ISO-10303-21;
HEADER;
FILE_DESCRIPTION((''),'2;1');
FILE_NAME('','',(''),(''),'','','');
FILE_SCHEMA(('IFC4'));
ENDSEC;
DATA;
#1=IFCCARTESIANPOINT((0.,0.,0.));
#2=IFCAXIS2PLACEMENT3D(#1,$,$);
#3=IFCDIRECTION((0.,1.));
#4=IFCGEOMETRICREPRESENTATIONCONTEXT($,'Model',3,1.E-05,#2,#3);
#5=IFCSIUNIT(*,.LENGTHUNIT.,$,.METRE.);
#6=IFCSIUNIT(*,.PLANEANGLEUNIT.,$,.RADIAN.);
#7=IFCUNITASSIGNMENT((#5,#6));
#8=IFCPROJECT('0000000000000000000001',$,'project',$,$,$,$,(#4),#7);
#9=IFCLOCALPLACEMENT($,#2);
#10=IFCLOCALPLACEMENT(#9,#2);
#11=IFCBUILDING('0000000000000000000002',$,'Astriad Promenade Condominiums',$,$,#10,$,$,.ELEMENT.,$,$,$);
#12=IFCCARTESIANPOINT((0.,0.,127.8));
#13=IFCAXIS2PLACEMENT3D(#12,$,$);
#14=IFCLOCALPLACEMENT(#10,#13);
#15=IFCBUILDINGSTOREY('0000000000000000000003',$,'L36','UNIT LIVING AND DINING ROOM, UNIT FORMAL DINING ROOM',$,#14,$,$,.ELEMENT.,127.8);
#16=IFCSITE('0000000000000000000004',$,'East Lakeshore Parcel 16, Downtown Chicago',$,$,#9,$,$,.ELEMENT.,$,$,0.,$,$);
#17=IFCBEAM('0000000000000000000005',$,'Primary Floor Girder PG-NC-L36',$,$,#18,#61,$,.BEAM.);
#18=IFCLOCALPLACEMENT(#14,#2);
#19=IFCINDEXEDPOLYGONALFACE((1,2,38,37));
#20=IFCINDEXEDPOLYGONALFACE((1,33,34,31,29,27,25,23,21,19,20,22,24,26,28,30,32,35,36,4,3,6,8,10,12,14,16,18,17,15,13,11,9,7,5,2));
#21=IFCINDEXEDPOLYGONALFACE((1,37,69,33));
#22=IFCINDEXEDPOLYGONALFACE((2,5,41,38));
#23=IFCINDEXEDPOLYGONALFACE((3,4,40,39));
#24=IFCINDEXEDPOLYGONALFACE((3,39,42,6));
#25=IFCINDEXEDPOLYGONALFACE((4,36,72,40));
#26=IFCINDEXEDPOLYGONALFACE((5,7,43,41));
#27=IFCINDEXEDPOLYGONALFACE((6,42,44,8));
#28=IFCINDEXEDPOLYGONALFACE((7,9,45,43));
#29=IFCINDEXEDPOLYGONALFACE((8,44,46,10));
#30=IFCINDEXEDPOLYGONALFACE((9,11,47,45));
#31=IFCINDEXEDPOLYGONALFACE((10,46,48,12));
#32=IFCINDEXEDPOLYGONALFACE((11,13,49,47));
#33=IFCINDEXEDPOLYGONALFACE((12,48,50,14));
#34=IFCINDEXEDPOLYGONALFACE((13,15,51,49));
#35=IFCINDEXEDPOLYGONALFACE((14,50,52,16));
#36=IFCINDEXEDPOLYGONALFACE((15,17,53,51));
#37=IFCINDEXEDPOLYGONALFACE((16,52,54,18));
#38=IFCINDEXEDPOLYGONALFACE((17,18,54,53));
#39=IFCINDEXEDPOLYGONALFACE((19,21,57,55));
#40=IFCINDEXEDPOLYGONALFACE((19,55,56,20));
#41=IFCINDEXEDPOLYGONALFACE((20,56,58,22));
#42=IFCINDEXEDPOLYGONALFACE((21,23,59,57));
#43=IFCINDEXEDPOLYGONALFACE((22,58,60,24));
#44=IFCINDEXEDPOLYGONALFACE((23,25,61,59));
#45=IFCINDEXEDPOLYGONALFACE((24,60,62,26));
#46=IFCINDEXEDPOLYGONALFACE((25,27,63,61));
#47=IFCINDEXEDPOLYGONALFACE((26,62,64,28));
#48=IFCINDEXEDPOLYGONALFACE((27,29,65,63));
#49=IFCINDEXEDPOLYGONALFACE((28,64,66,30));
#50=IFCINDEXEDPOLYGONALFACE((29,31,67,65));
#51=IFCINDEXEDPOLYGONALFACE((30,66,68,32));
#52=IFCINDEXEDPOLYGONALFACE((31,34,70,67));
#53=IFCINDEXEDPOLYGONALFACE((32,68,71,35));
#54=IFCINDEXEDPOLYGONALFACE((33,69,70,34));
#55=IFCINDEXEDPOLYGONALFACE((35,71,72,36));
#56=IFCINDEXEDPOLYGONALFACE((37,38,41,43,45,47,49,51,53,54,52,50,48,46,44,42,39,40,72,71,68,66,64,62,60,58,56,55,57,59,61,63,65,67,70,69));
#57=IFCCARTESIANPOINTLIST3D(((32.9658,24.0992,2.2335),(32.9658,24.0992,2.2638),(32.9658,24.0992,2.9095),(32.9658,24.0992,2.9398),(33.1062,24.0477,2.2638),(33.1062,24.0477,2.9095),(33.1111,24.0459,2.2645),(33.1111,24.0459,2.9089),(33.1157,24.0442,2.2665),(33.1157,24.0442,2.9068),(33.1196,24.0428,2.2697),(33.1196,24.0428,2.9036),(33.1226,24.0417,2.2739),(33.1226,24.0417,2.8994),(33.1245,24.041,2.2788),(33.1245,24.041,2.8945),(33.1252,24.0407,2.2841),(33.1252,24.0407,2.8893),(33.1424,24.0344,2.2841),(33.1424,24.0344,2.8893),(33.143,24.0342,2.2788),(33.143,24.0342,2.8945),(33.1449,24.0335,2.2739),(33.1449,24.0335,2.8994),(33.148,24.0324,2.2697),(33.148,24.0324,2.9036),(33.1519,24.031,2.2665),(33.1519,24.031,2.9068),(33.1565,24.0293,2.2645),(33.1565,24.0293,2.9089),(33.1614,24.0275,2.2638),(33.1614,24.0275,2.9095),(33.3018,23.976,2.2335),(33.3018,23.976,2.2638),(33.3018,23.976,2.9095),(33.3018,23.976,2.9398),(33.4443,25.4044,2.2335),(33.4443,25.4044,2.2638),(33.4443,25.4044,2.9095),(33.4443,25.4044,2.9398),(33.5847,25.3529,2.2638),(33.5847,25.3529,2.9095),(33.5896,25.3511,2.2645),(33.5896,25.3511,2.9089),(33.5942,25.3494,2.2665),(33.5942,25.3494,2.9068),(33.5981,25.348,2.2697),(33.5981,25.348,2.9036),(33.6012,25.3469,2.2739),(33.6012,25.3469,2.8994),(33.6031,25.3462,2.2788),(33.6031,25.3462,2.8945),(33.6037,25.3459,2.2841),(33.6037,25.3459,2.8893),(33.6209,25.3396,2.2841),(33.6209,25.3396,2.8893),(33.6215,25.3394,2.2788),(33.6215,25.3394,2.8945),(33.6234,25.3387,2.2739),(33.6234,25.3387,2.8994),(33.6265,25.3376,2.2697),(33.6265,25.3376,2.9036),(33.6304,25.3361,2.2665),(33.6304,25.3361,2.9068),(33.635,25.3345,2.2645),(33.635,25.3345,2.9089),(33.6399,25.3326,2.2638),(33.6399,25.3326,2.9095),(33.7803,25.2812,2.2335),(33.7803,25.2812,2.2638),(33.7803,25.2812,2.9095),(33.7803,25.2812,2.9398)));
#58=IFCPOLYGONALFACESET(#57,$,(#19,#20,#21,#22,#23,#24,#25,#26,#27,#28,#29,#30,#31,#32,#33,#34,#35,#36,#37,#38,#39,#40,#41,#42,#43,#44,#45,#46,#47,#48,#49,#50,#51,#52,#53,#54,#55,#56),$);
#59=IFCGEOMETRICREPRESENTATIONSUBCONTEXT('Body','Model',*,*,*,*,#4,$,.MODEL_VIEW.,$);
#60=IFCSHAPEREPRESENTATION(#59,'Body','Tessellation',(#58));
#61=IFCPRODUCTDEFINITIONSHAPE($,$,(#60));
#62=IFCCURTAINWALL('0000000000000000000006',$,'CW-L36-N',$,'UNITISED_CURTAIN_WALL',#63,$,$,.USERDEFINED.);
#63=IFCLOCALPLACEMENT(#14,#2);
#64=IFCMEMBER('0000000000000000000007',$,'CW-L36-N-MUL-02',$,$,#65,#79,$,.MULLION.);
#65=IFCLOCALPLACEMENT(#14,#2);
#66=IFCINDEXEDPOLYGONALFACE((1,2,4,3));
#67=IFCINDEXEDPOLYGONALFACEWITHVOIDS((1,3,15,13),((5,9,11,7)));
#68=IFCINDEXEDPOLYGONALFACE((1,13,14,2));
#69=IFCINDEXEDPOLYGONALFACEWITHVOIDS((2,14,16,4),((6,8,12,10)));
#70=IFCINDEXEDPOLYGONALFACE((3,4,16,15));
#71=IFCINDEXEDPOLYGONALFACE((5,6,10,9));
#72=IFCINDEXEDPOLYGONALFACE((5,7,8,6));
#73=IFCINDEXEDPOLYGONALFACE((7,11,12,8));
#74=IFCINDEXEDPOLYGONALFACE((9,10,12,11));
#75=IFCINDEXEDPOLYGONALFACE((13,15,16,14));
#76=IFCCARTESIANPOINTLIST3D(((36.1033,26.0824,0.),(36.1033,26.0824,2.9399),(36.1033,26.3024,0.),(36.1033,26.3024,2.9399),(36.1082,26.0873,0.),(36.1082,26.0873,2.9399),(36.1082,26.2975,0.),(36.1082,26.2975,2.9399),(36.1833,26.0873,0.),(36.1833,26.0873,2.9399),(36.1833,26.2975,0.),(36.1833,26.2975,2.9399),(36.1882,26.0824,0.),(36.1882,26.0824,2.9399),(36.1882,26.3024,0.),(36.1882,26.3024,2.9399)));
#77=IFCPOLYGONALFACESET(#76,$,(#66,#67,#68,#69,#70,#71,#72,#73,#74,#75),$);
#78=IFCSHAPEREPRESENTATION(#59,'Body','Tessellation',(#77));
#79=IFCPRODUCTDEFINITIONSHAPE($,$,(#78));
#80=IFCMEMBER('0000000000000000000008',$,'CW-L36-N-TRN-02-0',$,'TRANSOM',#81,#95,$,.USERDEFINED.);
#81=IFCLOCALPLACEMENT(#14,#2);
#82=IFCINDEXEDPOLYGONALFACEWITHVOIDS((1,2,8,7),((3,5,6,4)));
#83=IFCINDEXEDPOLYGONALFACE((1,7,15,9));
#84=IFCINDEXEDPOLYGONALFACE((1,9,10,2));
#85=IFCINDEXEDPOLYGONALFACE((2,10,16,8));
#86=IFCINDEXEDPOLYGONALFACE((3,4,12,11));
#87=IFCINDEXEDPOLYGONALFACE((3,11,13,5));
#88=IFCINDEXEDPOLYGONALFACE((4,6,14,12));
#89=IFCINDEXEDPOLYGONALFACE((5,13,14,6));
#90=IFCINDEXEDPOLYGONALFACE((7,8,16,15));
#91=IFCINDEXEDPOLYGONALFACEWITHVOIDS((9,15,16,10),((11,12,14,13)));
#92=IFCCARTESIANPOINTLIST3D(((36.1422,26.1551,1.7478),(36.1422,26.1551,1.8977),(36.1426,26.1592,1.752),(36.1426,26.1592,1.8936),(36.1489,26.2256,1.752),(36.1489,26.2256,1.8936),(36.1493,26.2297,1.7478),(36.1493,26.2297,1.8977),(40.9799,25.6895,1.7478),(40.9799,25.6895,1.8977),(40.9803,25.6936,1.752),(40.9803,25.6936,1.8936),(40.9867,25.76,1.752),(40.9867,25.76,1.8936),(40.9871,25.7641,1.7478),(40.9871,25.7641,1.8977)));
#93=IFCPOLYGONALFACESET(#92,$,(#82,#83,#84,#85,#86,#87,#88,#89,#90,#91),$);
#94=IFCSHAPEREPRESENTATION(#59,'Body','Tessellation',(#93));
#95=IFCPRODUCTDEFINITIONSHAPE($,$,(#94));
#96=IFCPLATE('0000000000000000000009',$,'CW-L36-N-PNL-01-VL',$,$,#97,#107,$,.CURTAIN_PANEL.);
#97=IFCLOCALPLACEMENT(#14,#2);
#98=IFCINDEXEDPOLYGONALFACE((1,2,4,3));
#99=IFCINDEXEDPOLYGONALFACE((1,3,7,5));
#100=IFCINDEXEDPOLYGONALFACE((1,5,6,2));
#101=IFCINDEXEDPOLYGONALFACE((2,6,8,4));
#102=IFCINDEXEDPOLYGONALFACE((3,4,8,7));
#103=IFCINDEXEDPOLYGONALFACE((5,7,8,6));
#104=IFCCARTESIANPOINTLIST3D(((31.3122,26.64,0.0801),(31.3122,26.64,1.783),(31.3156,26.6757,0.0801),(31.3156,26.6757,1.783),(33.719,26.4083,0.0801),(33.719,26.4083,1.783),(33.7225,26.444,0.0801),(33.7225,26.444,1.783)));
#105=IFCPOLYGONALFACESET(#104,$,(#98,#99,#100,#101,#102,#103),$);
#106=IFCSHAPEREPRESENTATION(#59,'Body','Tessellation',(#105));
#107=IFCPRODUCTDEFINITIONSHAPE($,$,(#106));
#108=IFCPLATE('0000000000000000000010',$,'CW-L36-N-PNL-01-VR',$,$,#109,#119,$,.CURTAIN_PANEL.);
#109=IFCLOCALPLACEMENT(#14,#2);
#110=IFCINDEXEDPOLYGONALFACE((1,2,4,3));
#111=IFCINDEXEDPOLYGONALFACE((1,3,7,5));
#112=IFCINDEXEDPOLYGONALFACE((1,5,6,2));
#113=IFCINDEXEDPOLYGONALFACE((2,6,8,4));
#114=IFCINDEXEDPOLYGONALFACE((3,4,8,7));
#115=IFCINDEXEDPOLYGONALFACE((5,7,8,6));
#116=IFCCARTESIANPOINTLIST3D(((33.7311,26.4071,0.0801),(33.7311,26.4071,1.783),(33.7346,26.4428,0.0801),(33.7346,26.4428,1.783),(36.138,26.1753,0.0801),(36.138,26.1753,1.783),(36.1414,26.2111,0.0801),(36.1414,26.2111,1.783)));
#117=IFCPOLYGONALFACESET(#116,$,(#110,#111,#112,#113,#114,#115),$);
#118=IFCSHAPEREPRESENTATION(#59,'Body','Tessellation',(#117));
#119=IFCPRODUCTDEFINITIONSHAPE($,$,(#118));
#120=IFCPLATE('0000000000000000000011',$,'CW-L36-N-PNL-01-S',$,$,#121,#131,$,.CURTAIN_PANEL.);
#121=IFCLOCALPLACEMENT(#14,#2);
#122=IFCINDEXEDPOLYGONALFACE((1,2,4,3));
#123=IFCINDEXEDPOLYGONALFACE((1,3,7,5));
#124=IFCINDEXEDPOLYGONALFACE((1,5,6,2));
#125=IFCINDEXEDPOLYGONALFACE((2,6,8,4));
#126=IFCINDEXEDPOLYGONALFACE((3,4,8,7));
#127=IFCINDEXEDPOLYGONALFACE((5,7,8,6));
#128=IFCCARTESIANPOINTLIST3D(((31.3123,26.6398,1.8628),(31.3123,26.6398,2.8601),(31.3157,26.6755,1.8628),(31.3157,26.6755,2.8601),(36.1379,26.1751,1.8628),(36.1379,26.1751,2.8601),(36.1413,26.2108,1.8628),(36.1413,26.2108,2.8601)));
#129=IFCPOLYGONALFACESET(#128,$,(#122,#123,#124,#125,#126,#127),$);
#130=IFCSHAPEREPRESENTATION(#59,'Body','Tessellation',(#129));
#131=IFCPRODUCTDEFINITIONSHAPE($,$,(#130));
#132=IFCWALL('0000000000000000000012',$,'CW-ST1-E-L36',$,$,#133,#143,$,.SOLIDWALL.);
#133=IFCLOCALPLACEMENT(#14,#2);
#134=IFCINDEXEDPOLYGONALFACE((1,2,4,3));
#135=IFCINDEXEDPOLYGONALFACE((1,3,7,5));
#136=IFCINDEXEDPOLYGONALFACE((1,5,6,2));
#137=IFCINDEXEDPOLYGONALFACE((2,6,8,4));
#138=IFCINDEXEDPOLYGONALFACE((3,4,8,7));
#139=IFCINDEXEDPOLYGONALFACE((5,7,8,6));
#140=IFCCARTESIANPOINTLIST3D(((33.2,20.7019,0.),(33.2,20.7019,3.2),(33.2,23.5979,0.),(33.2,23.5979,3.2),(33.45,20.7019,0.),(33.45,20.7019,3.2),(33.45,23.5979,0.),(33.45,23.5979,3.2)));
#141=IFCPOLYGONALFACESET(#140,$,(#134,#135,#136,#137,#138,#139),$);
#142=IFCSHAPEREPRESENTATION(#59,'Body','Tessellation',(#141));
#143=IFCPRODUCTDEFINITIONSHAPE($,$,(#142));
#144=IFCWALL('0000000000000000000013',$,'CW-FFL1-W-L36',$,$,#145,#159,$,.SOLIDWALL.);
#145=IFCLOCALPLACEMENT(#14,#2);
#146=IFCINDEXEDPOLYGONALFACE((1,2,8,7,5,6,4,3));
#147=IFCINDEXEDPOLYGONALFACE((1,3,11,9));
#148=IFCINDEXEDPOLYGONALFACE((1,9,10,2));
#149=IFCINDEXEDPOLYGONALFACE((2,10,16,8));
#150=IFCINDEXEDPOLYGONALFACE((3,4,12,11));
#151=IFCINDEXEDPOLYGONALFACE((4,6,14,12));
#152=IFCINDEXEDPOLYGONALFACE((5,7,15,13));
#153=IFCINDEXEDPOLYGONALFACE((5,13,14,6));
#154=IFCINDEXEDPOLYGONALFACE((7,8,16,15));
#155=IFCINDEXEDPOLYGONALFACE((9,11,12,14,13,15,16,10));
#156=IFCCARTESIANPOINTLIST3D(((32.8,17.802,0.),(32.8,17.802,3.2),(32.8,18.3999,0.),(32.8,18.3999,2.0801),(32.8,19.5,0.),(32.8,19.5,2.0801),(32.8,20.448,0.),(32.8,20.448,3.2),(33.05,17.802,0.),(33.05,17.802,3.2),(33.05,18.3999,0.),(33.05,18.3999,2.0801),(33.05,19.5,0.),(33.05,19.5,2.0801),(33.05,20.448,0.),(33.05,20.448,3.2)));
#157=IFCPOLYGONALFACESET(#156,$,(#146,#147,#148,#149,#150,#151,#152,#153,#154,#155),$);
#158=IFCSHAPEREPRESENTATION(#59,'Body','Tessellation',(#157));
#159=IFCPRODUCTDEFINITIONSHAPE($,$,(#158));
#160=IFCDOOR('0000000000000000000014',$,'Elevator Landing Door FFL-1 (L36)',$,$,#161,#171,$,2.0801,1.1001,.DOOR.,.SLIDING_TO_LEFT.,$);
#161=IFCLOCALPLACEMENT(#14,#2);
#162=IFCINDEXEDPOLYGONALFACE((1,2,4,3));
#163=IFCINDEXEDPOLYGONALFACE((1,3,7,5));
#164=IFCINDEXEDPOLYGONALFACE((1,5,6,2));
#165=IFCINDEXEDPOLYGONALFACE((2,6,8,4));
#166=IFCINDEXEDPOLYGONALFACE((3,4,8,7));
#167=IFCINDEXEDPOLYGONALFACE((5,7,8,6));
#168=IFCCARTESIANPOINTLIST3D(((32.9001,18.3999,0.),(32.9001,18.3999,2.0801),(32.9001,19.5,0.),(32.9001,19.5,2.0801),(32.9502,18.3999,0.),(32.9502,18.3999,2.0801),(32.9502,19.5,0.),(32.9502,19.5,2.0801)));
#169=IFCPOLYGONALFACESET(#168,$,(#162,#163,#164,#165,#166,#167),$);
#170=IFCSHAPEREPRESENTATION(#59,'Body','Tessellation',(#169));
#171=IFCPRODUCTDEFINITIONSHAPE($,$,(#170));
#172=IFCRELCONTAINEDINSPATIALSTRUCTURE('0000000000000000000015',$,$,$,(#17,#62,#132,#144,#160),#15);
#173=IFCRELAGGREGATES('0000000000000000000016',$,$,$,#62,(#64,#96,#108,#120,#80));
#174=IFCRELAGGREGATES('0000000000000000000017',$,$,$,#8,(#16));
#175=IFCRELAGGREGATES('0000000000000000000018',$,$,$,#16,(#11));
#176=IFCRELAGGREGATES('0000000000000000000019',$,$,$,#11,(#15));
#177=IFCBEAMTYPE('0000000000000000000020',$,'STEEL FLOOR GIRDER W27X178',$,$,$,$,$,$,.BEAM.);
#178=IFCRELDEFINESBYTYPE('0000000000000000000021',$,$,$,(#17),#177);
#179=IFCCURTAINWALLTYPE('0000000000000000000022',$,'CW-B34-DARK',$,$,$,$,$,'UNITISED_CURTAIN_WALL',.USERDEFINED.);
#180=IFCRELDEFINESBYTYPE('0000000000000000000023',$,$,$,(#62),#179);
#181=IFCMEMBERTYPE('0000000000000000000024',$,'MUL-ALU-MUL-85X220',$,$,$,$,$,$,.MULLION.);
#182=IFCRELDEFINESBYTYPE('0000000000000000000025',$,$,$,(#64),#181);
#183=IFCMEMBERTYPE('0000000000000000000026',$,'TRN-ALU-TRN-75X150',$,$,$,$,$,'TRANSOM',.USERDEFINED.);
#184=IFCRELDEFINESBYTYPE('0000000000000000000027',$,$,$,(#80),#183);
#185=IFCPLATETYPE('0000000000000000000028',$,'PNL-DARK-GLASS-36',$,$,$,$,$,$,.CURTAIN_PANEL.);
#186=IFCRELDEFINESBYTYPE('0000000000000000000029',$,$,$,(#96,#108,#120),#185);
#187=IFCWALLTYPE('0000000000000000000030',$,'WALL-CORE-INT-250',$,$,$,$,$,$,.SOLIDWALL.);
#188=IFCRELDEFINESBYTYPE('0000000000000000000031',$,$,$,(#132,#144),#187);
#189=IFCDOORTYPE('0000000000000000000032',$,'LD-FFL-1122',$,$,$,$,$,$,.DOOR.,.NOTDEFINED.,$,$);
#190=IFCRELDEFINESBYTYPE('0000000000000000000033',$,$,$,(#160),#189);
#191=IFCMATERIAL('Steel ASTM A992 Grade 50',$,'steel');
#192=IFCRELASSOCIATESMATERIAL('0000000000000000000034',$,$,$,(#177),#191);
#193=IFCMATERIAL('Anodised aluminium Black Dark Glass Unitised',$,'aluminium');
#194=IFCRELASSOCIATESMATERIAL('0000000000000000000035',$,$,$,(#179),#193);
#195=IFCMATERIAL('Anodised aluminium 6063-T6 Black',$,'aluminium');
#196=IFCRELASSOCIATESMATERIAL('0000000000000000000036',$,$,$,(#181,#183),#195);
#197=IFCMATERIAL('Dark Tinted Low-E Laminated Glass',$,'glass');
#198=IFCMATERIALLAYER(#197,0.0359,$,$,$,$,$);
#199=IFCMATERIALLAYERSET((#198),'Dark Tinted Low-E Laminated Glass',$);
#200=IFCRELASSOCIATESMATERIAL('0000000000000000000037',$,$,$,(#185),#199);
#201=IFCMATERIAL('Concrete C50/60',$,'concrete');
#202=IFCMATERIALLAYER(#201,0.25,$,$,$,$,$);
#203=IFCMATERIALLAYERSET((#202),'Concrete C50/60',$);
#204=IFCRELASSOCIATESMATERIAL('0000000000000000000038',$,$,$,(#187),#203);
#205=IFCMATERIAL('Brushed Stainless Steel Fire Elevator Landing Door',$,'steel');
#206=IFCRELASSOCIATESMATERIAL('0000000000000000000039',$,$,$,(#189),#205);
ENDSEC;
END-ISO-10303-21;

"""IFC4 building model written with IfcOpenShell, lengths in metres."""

from ifc_helpers import new_model, si_unit, direction, frame, frame_2d, origin, origin_2d, place, context, subcontext, project, spatial, rectangle, hollow_rectangle, i_section, extrude, source, transform, mapped, material, layer, layer_set, material_profile, profile_set, type_object, type_shapes, element, fill, aggregate, save


model = new_model("IFC4")

# Units and contexts
model_context = context("Model", 3, precision=1e-05, world=origin(), true_north=direction((0.0, 1.0)))
body_context = subcontext(model_context, "Body", "Model", "MODEL_VIEW")
ifc_project = project(units=[si_unit("LENGTHUNIT", "METRE"), si_unit("PLANEANGLEUNIT", "RADIAN")], contexts=[model_context])

# Site, building, storey
site_placement = place(None, origin())
site = spatial("IfcSite", under=ifc_project, at=site_placement, Name="East Lakeshore Parcel 16, Downtown Chicago", CompositionType="ELEMENT", RefElevation=0.0)
building_placement = place(site_placement, origin())
building = spatial("IfcBuilding", under=site, at=building_placement, Name="Astriad Promenade Condominiums", CompositionType="ELEMENT")
storey_placement = place(building_placement, frame((0.0, 0.0, 127.8)))
storey = spatial("IfcBuildingStorey", under=building, at=storey_placement, Name="L36", Description="UNIT LIVING AND DINING ROOM, UNIT FORMAL DINING ROOM", CompositionType="ELEMENT", Elevation=127.8)

# Shared definitions
ifc_material_1 = material(Name="Steel ASTM A992 Grade 50", Category="steel")

# Beam
ifc_material_profile_1 = material_profile(ifc_material_1, i_section(OverallWidth=0.3579, OverallDepth=0.7063, WebThickness=0.0183, FlangeThickness=0.0303, FilletRadius=0.0203, at=origin_2d()), Name="W27X178")
ifc_profile_set_1 = profile_set([ifc_material_profile_1], Name="Steel ASTM A992 Grade 50")
beam_type_1 = type_object("IfcBeamType", Name="STEEL FLOOR GIRDER W27X178", PredefinedType="BEAM", material=ifc_profile_set_1)
shared_shape_1 = source(origin(), body_context, "Body", "SweptSolid", [
    extrude(i_section(OverallWidth=0.3579, OverallDepth=0.7063, WebThickness=0.0183, FlangeThickness=0.0303, FilletRadius=0.0203, at=origin_2d()), origin(), (0.0, 0.0, 1.0), 1.3901),
])
type_shapes(beam_type_1, [shared_shape_1])
beam_1_placement = place(storey_placement, frame((33.6123, 25.3428, 2.5867), z_axis=(-0.344224, -0.938888, 0.0), x_axis=(0.938888, -0.344224, 0.0)))
element("IfcBeam", 1, at=beam_1_placement, inside=storey, type_object=beam_type_1, Name="Primary Floor Girder PG-NC-L36", PredefinedType="BEAM", context=body_context, shape_type="MappedRepresentation", body=[
    mapped(shared_shape_1, transform((0.0, 0.0, 0.0), scale=1.0)),
])

# Curtain wall, members, plates
ifc_material_2 = material(Name="Anodised aluminium Black Dark Glass Unitised", Category="aluminium")
curtain_wall_type = type_object("IfcCurtainWallType", Name="CW-B34-DARK", ElementType="UNITISED_CURTAIN_WALL", PredefinedType="USERDEFINED", material=ifc_material_2)
curtain_wall_placement = place(storey_placement, origin())
curtain_wall = element("IfcCurtainWall", 2, at=curtain_wall_placement, inside=storey, type_object=curtain_wall_type, Name="CW-L36-N", ObjectType="UNITISED_CURTAIN_WALL", PredefinedType="USERDEFINED")
ifc_material_3 = material(Name="Anodised aluminium 6063-T6 Black", Category="aluminium")
ifc_material_profile_2 = material_profile(ifc_material_3, hollow_rectangle(XDim=0.085, YDim=0.22, WallThickness=0.0049, at=origin_2d()), Name="ALU-MUL-85X220")
ifc_profile_set_2 = profile_set([ifc_material_profile_2], Name="Anodised aluminium 6063-T6 Black")
member_type_1 = type_object("IfcMemberType", Name="MUL-ALU-MUL-85X220", PredefinedType="MULLION", material=ifc_profile_set_2)
shared_shape_2 = source(origin(), body_context, "Body", "SweptSolid", [
    extrude(hollow_rectangle(XDim=0.085, YDim=0.22, WallThickness=0.0049, at=origin_2d()), origin(), (0.0, 0.0, 1.0), 2.9399),
])
type_shapes(member_type_1, [shared_shape_2])
member_1_placement = place(storey_placement, frame((36.1458, 26.1924, 0.0), z_axis=(0.0, 0.0, 1.0), x_axis=(1.0, 0.0, 0.0)))
member_1 = element("IfcMember", 3, at=member_1_placement, type_object=member_type_1, Name="CW-L36-N-MUL-02", PredefinedType="MULLION", context=body_context, shape_type="MappedRepresentation", body=[
    mapped(shared_shape_2, transform((0.0, 0.0, 0.0), scale=1.0)),
])
ifc_material_profile_3 = material_profile(ifc_material_3, hollow_rectangle(XDim=0.075, YDim=0.1499, WallThickness=0.0042, at=origin_2d()), Name="ALU-TRN-75X150")
ifc_profile_set_3 = profile_set([ifc_material_profile_3], Name="Anodised aluminium 6063-T6 Black")
member_type_2 = type_object("IfcMemberType", Name="TRN-ALU-TRN-75X150", ElementType="TRANSOM", PredefinedType="USERDEFINED", material=ifc_profile_set_3)
shared_shape_3 = source(origin(), body_context, "Body", "SweptSolid", [
    extrude(hollow_rectangle(XDim=0.075, YDim=0.1499, WallThickness=0.0042, at=origin_2d()), origin(), (0.0, 0.0, 1.0), 4.8601),
])
type_shapes(member_type_2, [shared_shape_3])
member_2_placement = place(storey_placement, frame((36.1458, 26.1924, 1.8228), z_axis=(0.995401, -0.095798, 0.0), x_axis=(0.095798, 0.995401, 0.0)))
member_2 = element("IfcMember", 4, at=member_2_placement, type_object=member_type_2, Name="CW-L36-N-TRN-02-0", ObjectType="TRANSOM", PredefinedType="USERDEFINED", context=body_context, shape_type="MappedRepresentation", body=[
    mapped(shared_shape_3, transform((0.0, 0.0, 0.0), scale=1.0)),
])
ifc_material_4 = material(Name="Dark Tinted Low-E Laminated Glass", Category="glass")
ifc_layer_1 = layer(ifc_material_4, 0.0359)
ifc_layer_set_1 = layer_set([ifc_layer_1], Name="Dark Tinted Low-E Laminated Glass")
plate_type = type_object("IfcPlateType", Name="PNL-DARK-GLASS-36", PredefinedType="CURTAIN_PANEL", material=ifc_layer_set_1)
shared_shape_4 = source(origin(), body_context, "Body", "SweptSolid", [
    extrude(rectangle(XDim=2.418, YDim=0.0359, at=origin_2d()), origin(), (0.0, 0.0, 1.0), 1.7029),
])
plate_1_placement = place(storey_placement, frame((32.5173, 26.542, 0.0801), z_axis=(0.0, 0.0, 1.0), x_axis=(0.995396, -0.095846, 0.0)))
plate_1 = element("IfcPlate", 5, at=plate_1_placement, type_object=plate_type, Name="CW-L36-N-PNL-01-VL", PredefinedType="CURTAIN_PANEL", context=body_context, shape_type="MappedRepresentation", body=[
    mapped(shared_shape_4, transform((0.0, 0.0, 0.0), scale=1.0)),
])
plate_2_placement = place(storey_placement, frame((34.9363, 26.3091, 0.0801), z_axis=(0.0, 0.0, 1.0), x_axis=(0.995396, -0.095846, 0.0)))
plate_2 = element("IfcPlate", 6, at=plate_2_placement, type_object=plate_type, Name="CW-L36-N-PNL-01-VR", PredefinedType="CURTAIN_PANEL", context=body_context, shape_type="MappedRepresentation", body=[
    mapped(shared_shape_4, transform((0.0, 0.0, 0.0), scale=1.0)),
])
shared_shape_5 = source(origin(), body_context, "Body", "SweptSolid", [
    extrude(rectangle(XDim=4.8479, YDim=0.0359, at=origin_2d()), origin(), (0.0, 0.0, 1.0), 0.9973),
])
type_shapes(plate_type, [shared_shape_4, shared_shape_5])
plate_3_placement = place(storey_placement, frame((33.7268, 26.4253, 1.8628), z_axis=(0.0, 0.0, 1.0), x_axis=(0.995396, -0.095846, 0.0)))
plate_3 = element("IfcPlate", 7, at=plate_3_placement, type_object=plate_type, Name="CW-L36-N-PNL-01-S", PredefinedType="CURTAIN_PANEL", context=body_context, shape_type="MappedRepresentation", body=[
    mapped(shared_shape_5, transform((0.0, 0.0, 0.0), scale=1.0)),
])
aggregate(curtain_wall, [member_1, plate_1, plate_2, plate_3, member_2])

# Wall
ifc_material_5 = material(Name="Concrete C50/60", Category="concrete")
ifc_layer_2 = layer(ifc_material_5, 0.25)
ifc_layer_set_2 = layer_set([ifc_layer_2], Name="Concrete C50/60")
wall_type_1 = type_object("IfcWallType", Name="WALL-CORE-INT-250", PredefinedType="SOLIDWALL", material=ifc_layer_set_2)
wall_1_placement = place(storey_placement, frame((33.325, 20.7019, 0.0), z_axis=(0.0, 0.0, 1.0), x_axis=(0.0, 1.0, 0.0)))
element("IfcWall", 8, at=wall_1_placement, inside=storey, type_object=wall_type_1, Name="CW-ST1-E-L36", PredefinedType="SOLIDWALL", context=body_context, shape_type="SweptSolid", body=[
    extrude(rectangle(XDim=2.896, YDim=0.25, at=frame_2d((1.448, 0.0))), origin(), (0.0, 0.0, 1.0), 3.2),
])

# Wall, opening, door
wall_2_placement = place(storey_placement, frame((32.925, 17.802, 0.0), z_axis=(0.0, 0.0, 1.0), x_axis=(0.0, 1.0, 0.0)))
wall_2 = element("IfcWall", 9, at=wall_2_placement, inside=storey, type_object=wall_type_1, Name="CW-FFL1-W-L36", PredefinedType="SOLIDWALL", context=body_context, shape_type="SweptSolid", body=[
    extrude(rectangle(XDim=2.646, YDim=0.25, at=frame_2d((1.323, 0.0))), origin(), (0.0, 0.0, 1.0), 3.2),
])
opening_1_placement = place(wall_2_placement, frame((0.5979, 0.0, 0.0)))
opening_1 = element("IfcOpeningElement", 10, at=opening_1_placement, cuts=wall_2, PredefinedType="OPENING", context=body_context, shape_type="SweptSolid", body=[
    extrude(rectangle(XDim=1.1001, YDim=2.0801, at=frame_2d((0.55, 1.04))), frame((0.0, 0.135, 0.0), z_axis=(0.0, -1.0, 0.0), x_axis=(1.0, 0.0, 0.0)), (0.0, 0.0, 1.0), 0.27),
])
ifc_material_6 = material(Name="Brushed Stainless Steel Fire Elevator Landing Door", Category="steel")
door_type_1 = type_object("IfcDoorType", Name="LD-FFL-1122", OperationType="NOTDEFINED", PredefinedType="DOOR", material=ifc_material_6)
shared_shape_6 = source(origin(), body_context, "Body", "SweptSolid", [
    extrude(rectangle(XDim=1.1001, YDim=2.0801, at=frame_2d((0.55, 1.04))), frame((0.0, 0.0249, 0.0), z_axis=(0.0, -1.0, 0.0), x_axis=(1.0, 0.0, 0.0)), (0.0, 0.0, 1.0), 0.05),
])
type_shapes(door_type_1, [shared_shape_6])
door_1_placement = place(opening_1_placement, origin())
door_1 = element("IfcDoor", 11, at=door_1_placement, inside=storey, type_object=door_type_1, Name="Elevator Landing Door FFL-1 (L36)", OperationType="SLIDING_TO_LEFT", OverallHeight=2.0801, OverallWidth=1.1001, PredefinedType="DOOR", context=body_context, shape_type="MappedRepresentation", body=[
    mapped(shared_shape_6, transform((0.0, 0.0, 0.0), scale=1.0)),
])
fill(opening_1, door_1)

save(model, "model.ifc")
